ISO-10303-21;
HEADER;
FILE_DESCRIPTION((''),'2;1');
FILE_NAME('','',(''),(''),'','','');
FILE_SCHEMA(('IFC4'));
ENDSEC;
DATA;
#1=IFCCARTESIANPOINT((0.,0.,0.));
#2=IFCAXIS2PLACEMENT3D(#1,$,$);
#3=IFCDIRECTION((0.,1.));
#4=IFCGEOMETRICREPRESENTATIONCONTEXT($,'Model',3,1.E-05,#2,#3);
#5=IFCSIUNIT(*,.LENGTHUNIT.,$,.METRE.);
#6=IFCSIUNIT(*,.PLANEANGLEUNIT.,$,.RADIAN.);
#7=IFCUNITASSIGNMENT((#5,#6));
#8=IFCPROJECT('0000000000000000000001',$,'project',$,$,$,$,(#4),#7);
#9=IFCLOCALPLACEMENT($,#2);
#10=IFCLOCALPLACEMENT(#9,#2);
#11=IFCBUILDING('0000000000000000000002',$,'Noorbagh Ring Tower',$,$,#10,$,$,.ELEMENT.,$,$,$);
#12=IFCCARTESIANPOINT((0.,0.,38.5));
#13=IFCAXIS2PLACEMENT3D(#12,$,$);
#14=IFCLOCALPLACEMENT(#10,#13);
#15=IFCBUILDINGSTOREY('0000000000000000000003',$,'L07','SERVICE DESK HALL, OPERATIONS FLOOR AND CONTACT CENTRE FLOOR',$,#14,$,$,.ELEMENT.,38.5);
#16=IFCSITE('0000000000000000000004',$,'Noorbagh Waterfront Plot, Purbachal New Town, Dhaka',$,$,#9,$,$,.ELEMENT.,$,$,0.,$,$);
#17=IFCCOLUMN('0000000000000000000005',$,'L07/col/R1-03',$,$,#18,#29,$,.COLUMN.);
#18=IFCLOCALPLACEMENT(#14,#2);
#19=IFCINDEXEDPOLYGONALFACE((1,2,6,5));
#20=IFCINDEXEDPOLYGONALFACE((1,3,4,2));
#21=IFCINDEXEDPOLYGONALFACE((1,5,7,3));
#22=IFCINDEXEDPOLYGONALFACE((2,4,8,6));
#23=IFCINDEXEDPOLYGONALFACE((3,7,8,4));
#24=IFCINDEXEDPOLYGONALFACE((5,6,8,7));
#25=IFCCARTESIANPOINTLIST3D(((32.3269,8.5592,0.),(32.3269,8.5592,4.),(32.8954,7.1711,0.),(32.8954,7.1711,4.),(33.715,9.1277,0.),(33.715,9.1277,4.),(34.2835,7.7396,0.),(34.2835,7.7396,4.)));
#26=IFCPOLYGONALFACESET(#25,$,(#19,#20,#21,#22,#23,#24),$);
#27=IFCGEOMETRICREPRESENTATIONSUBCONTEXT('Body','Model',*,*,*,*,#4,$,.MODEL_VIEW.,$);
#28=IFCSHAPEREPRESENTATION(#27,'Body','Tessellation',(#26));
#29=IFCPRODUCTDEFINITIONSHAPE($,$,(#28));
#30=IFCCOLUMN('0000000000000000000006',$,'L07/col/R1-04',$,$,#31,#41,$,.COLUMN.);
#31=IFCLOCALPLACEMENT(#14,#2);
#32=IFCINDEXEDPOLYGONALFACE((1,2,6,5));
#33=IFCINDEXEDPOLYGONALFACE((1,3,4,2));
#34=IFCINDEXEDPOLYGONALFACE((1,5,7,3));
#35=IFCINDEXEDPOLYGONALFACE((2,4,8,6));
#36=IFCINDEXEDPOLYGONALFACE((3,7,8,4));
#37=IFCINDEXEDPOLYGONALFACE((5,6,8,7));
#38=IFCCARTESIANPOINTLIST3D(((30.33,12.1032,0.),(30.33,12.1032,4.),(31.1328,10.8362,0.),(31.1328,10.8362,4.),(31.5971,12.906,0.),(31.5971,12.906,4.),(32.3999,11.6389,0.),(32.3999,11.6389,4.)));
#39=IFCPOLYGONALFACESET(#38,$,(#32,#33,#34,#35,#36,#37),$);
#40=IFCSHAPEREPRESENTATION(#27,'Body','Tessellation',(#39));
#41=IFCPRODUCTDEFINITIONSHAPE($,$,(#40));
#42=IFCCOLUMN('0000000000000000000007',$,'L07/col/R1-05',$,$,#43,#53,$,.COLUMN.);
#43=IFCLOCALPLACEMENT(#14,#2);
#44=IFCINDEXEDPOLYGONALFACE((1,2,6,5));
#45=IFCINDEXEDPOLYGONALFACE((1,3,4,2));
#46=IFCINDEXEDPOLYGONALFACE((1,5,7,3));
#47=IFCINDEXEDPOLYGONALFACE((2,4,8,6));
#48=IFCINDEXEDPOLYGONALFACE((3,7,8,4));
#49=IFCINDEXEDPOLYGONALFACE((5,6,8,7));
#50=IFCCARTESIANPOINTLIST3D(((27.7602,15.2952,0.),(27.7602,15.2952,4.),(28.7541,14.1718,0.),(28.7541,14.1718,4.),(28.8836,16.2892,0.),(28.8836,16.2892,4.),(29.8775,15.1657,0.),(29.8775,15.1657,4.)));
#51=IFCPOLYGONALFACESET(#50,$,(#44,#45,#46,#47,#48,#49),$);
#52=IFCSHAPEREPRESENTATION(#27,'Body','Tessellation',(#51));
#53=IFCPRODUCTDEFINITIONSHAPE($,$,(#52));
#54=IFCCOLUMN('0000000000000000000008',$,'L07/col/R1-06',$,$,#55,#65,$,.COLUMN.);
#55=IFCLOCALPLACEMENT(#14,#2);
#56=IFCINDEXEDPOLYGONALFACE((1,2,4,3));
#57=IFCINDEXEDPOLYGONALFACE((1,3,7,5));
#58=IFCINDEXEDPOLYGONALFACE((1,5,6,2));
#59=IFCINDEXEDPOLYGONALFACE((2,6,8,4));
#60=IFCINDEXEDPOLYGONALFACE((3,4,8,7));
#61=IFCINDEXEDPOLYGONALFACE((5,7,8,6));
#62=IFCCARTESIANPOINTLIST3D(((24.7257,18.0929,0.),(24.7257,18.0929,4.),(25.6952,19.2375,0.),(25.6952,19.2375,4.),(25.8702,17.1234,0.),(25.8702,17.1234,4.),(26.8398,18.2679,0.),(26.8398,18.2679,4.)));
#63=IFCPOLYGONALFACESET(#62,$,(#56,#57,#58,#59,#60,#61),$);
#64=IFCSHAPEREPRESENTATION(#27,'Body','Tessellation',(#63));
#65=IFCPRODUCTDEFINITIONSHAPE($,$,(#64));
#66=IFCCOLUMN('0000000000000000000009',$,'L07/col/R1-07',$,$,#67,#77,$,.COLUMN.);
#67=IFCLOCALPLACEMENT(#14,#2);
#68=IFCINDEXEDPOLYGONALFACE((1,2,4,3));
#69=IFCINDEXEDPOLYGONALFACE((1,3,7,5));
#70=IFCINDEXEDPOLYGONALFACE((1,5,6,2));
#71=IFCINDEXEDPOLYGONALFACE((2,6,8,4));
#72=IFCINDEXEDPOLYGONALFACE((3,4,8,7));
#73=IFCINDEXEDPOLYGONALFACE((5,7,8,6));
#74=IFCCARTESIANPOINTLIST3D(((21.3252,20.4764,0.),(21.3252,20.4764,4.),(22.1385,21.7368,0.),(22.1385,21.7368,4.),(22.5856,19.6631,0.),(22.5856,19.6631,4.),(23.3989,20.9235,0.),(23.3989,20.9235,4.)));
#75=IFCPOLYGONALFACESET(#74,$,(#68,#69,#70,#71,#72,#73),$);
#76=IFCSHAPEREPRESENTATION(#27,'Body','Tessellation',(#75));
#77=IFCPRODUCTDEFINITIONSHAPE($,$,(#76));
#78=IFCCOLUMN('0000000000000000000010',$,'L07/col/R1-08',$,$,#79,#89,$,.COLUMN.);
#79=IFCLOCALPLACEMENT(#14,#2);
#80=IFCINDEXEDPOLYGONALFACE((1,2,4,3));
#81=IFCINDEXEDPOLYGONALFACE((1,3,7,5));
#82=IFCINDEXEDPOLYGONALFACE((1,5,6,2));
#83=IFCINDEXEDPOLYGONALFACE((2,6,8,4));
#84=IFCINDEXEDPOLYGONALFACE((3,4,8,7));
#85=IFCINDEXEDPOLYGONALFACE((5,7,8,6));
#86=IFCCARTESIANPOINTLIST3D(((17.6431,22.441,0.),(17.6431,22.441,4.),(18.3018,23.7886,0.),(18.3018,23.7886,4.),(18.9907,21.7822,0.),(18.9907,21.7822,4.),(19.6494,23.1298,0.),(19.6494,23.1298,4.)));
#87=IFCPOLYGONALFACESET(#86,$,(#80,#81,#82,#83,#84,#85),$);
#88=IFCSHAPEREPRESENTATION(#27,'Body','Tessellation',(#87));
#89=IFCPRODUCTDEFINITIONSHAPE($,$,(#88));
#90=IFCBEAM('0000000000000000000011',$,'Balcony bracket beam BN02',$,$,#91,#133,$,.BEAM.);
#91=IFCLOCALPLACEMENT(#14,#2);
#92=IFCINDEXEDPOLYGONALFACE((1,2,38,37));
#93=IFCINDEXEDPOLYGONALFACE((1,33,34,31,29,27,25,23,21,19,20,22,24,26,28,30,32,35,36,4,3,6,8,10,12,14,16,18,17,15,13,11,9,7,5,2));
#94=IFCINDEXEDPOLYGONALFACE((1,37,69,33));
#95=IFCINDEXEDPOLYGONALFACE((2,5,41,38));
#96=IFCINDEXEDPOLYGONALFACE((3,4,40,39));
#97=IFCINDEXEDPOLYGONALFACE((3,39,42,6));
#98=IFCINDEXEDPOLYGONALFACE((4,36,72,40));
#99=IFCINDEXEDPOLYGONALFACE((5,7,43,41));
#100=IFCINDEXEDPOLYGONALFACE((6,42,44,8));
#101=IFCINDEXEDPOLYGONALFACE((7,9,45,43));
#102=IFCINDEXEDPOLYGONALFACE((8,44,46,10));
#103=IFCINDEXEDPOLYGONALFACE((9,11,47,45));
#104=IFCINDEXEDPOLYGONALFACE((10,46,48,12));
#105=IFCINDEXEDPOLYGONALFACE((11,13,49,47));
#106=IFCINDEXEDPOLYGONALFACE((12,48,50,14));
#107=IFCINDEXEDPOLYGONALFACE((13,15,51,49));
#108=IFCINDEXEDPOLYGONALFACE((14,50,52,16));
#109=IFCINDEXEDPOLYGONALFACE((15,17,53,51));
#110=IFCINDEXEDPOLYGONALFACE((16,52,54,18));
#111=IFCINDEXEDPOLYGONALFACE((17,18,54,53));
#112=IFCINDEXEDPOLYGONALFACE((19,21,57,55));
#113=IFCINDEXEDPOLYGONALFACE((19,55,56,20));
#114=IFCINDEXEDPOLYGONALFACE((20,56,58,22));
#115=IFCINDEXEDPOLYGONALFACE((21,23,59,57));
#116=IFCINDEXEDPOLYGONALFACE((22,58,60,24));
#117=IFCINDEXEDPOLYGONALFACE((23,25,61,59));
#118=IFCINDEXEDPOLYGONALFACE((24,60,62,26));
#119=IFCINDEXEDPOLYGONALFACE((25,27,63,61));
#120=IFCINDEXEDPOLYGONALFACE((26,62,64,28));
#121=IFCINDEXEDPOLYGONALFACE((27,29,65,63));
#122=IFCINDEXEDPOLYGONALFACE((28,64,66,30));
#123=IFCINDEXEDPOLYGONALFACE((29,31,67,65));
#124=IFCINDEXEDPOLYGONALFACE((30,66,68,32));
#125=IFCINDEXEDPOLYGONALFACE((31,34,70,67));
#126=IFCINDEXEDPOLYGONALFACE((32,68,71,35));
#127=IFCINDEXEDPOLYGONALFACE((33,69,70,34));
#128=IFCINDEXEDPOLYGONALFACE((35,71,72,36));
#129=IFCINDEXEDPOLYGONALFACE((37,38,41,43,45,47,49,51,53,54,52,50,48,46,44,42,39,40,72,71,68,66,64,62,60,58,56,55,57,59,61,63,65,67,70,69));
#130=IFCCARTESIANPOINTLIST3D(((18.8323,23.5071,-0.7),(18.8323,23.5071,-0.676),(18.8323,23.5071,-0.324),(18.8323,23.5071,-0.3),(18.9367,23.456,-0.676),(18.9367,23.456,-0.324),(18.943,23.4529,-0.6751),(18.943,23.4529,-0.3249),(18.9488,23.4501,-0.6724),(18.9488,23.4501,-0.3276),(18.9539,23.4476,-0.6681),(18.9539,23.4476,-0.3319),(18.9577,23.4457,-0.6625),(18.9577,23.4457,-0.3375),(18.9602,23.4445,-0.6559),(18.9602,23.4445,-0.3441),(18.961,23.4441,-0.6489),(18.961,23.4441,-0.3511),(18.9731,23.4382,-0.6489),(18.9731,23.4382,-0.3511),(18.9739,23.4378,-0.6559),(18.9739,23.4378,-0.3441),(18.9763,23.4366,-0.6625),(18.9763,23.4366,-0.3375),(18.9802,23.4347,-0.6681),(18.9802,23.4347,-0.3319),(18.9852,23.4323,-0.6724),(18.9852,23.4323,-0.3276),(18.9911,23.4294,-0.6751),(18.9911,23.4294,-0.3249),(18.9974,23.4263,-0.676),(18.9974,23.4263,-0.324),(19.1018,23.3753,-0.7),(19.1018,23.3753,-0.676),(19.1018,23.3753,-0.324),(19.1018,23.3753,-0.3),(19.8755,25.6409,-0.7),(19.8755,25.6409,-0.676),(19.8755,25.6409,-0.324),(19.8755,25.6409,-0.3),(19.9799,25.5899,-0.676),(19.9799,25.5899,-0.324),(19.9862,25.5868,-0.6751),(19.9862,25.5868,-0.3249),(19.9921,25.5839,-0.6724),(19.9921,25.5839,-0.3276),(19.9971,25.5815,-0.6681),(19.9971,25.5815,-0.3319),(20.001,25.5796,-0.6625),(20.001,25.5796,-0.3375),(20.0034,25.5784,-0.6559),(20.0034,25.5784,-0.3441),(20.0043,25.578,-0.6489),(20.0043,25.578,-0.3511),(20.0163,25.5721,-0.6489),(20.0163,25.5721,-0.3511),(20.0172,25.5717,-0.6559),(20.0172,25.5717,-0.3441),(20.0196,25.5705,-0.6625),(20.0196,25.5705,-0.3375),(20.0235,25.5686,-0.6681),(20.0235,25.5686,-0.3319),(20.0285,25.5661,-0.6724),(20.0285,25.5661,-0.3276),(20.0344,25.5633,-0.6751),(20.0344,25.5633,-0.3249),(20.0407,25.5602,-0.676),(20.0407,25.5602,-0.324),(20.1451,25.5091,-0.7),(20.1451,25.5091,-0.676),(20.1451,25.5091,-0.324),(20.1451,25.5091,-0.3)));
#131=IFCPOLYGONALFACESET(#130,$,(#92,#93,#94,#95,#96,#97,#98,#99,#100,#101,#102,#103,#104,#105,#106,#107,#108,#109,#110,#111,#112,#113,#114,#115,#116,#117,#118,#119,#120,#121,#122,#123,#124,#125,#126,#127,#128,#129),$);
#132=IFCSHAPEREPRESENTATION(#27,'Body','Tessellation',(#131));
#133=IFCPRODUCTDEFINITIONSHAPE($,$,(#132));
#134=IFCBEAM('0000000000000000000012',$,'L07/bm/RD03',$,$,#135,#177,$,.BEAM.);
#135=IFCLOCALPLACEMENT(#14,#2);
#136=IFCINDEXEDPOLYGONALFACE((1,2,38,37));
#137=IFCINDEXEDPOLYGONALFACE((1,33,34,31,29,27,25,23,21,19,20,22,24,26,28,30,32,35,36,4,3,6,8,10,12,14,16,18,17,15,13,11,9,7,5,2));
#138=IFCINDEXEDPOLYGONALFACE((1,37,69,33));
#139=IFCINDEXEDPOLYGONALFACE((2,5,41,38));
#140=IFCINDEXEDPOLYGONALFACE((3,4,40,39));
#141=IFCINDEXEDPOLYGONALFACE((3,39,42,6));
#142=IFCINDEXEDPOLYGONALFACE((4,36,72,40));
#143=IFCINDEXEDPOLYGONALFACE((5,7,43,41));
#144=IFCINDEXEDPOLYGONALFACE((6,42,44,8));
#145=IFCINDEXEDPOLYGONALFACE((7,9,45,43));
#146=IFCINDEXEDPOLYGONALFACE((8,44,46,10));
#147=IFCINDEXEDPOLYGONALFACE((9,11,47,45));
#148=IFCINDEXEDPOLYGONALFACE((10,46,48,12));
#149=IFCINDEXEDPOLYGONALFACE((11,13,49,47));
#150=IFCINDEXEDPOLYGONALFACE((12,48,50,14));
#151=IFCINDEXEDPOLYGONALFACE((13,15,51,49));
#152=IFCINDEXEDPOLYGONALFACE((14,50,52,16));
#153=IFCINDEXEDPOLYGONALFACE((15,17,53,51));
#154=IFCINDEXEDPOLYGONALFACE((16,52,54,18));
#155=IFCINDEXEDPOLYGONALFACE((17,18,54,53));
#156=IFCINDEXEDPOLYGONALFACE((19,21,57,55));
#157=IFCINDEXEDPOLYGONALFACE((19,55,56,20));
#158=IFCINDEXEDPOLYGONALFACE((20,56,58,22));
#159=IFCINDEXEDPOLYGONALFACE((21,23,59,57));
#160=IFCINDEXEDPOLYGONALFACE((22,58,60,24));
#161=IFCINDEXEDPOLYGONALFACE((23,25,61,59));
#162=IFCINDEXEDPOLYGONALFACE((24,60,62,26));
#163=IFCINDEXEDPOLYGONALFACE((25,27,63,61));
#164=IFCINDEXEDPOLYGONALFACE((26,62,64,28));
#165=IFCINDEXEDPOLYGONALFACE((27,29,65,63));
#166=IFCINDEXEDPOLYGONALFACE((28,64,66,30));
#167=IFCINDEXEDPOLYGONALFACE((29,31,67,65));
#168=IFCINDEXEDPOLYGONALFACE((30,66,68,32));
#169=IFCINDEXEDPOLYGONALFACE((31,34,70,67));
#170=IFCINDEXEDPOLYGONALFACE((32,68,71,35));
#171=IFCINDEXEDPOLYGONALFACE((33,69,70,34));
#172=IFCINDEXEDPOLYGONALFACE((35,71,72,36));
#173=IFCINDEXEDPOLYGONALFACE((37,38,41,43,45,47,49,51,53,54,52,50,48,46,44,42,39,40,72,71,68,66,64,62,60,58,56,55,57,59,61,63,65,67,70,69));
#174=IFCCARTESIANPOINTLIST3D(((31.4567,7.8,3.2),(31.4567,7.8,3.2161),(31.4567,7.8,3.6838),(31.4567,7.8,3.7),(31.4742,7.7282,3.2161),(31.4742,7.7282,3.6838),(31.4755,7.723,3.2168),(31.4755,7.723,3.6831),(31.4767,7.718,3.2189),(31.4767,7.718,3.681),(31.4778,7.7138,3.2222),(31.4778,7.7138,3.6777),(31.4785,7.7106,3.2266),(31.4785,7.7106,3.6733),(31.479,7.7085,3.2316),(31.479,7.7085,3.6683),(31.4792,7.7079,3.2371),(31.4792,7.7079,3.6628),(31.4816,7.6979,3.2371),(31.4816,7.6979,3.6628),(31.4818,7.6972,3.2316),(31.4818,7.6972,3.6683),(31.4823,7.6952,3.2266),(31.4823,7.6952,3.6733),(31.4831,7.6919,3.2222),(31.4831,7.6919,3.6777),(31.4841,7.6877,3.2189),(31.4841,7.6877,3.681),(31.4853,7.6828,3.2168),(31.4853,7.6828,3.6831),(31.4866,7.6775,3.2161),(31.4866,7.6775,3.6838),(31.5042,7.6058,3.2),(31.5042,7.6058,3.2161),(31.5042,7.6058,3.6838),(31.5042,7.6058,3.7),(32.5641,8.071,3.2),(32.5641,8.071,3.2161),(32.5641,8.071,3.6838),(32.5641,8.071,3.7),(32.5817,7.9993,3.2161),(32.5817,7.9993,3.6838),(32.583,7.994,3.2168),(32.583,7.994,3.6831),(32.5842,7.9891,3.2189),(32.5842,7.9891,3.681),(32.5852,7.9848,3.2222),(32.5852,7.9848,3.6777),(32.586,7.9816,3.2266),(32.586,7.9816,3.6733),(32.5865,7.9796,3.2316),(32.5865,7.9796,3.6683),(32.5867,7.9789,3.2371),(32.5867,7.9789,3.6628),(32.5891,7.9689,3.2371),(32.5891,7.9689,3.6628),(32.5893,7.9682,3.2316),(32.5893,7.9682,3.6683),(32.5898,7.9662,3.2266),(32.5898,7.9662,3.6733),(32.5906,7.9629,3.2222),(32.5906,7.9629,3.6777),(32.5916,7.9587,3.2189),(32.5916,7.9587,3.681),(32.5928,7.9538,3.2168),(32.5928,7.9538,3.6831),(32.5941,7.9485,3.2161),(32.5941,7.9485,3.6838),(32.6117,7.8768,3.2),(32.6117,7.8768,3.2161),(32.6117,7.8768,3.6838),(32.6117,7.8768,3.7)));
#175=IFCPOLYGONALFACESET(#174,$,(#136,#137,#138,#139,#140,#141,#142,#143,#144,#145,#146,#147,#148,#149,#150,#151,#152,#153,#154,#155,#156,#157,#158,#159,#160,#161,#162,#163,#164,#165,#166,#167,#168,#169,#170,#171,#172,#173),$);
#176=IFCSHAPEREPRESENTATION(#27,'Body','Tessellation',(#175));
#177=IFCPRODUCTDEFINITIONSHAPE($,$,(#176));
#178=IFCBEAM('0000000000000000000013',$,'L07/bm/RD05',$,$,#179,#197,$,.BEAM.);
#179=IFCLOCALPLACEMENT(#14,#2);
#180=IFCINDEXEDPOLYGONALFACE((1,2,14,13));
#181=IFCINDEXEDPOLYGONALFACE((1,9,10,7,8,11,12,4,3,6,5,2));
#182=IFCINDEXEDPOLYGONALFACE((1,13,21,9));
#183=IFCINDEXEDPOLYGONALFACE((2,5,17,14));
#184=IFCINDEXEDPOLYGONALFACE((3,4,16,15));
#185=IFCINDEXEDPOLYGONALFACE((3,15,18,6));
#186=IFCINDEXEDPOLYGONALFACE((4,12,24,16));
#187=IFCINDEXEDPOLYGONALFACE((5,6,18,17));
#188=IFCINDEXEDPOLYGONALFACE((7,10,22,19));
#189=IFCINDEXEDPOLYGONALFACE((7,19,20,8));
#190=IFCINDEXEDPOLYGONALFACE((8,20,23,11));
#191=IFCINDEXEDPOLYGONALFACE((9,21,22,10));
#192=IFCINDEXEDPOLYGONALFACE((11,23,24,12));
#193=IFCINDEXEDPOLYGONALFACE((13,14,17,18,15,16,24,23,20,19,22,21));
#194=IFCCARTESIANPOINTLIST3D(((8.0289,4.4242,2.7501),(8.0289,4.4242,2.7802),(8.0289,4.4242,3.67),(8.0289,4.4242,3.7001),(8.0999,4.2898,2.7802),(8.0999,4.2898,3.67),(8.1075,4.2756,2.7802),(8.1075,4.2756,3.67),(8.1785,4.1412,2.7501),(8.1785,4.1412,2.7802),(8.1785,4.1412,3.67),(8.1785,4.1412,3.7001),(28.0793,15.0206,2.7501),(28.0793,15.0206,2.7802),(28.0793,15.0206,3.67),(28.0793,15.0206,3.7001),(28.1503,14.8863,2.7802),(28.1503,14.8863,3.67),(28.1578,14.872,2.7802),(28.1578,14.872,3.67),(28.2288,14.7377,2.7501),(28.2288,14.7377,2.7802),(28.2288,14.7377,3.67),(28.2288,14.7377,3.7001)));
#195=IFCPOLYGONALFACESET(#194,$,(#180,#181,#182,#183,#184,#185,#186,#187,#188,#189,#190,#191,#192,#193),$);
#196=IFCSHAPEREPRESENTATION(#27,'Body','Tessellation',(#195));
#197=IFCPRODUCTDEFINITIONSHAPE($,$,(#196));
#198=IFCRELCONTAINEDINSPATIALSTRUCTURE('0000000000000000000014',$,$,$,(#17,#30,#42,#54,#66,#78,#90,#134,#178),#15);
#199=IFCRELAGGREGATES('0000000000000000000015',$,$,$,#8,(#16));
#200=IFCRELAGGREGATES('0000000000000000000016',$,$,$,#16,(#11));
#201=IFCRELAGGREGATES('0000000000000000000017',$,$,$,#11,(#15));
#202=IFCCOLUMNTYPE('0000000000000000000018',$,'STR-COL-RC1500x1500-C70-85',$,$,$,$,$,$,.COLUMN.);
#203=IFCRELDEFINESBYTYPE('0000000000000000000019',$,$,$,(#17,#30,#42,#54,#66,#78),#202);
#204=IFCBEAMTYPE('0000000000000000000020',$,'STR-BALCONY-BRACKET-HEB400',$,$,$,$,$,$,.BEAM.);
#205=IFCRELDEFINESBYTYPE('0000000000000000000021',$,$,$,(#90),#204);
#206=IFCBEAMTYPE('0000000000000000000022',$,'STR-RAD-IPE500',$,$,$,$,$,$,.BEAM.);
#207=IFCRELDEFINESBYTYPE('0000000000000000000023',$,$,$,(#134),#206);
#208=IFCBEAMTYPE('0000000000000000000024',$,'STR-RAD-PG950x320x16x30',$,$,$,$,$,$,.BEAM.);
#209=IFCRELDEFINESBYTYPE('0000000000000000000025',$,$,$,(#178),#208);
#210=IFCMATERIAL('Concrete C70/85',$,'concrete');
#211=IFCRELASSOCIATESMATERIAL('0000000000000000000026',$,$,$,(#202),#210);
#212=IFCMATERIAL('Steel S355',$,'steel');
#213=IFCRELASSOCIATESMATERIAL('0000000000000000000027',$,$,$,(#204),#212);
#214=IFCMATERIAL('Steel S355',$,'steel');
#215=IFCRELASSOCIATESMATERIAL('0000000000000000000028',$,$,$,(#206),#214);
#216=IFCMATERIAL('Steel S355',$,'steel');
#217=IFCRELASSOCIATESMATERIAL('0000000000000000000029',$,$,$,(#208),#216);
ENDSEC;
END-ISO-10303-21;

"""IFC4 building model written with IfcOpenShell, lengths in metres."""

from ifc_helpers import new_model, si_unit, direction, frame, origin, origin_2d, place, context, subcontext, project, spatial, rectangle, i_section, extrude, material, material_profile, profile_set, type_object, element, save


model = new_model("IFC4")

# Units and contexts
model_context = context("Model", 3, precision=1e-05, world=origin(), true_north=direction((0.0, 1.0)))
body_context = subcontext(model_context, "Body", "Model", "MODEL_VIEW")
ifc_project = project(units=[si_unit("LENGTHUNIT", "METRE"), si_unit("PLANEANGLEUNIT", "RADIAN")], contexts=[model_context])

# Site, building, storey
site_placement = place(None, origin())
site = spatial("IfcSite", under=ifc_project, at=site_placement, Name="Noorbagh Waterfront Plot, Purbachal New Town, Dhaka", CompositionType="ELEMENT", RefElevation=0.0)
building_placement = place(site_placement, origin())
building = spatial("IfcBuilding", under=site, at=building_placement, Name="Noorbagh Ring Tower", CompositionType="ELEMENT")
storey_placement = place(building_placement, frame((0.0, 0.0, 38.5)))
storey = spatial("IfcBuildingStorey", under=building, at=storey_placement, Name="L07", Description="SERVICE DESK HALL, OPERATIONS FLOOR AND CONTACT CENTRE FLOOR", CompositionType="ELEMENT", Elevation=38.5)

# Columns
ifc_material_1 = material(Name="Concrete C70/85", Category="concrete")
ifc_material_profile_1 = material_profile(ifc_material_1, rectangle(XDim=1.5, YDim=1.5, at=origin_2d()), Name="RC1500x1500")
ifc_profile_set_1 = profile_set([ifc_material_profile_1], Name="Concrete C70/85")
column_type = type_object("IfcColumnType", Name="STR-COL-RC1500x1500-C70-85", PredefinedType="COLUMN", material=ifc_profile_set_1)
for number, where, z_axis, x_axis, name in (
    (1, (33.3052, 8.1494, 0.0), (0.0, 0.0, 1.0), (-0.378989, 0.925401, 0.0), "L07/col/R1-03"),
    (2, (31.365, 11.8711, 0.0), (0.0, 0.0, 1.0), (-0.53519, 0.844731, 0.0), "L07/col/R1-04"),
    (3, (28.8188, 15.2305, 0.0), (0.0, 0.0, 1.0), (-0.662636, 0.748942, 0.0), "L07/col/R1-05"),
    (4, (25.7827, 18.1804, 0.0), (0.0, 0.0, 1.0), (-0.763035, 0.646357, 0.0), "L07/col/R1-06"),
    (5, (22.3621, 20.7, 0.0), (0.0, 0.0, 1.0), (-0.840248, 0.542203, 0.0), "L07/col/R1-07"),
    (6, (18.6462, 22.7854, 0.0), (0.0, 0.0, 1.0), (-0.898399, 0.43918, 0.0), "L07/col/R1-08"),
):
    element("IfcColumn", number, at=place(storey_placement, frame(where, z_axis=z_axis, x_axis=x_axis)), inside=storey, type_object=column_type, Name=name, PredefinedType="COLUMN", context=body_context, shape_type="SweptSolid", body=[
        extrude(rectangle(XDim=1.5, YDim=1.5, at=origin_2d()), origin(), (0.0, 0.0, 1.0), 4.0),
    ])

# Beams
ifc_material_2 = material(Name="Steel S355", Category="steel")
ifc_material_profile_2 = material_profile(ifc_material_2, i_section(OverallWidth=0.3, OverallDepth=0.3999, WebThickness=0.0134, FlangeThickness=0.0239, FilletRadius=0.0271, at=origin_2d()), Name="HEB400")
ifc_profile_set_2 = profile_set([ifc_material_profile_2], Name="Steel S355")
beam_type_1 = type_object("IfcBeamType", Name="STR-BALCONY-BRACKET-HEB400", PredefinedType="BEAM", material=ifc_profile_set_2)
beam_1_placement = place(storey_placement, frame((18.967, 23.4412, -0.5), z_axis=(0.439219, 0.89838, 0.0), x_axis=(-0.89838, 0.439219, 0.0)))
element("IfcBeam", 7, at=beam_1_placement, inside=storey, type_object=beam_type_1, Name="Balcony bracket beam BN02", PredefinedType="BEAM", context=body_context, shape_type="SweptSolid", body=[
    extrude(i_section(OverallWidth=0.3, OverallDepth=0.3999, WebThickness=0.0134, FlangeThickness=0.0239, FilletRadius=0.0271, at=origin_2d()), origin(), (0.0, 0.0, 1.0), 2.3752),
])
ifc_material_3 = material(Name="Steel S355", Category="steel")
ifc_material_profile_3 = material_profile(ifc_material_3, i_section(OverallWidth=0.2, OverallDepth=0.5, WebThickness=0.0103, FlangeThickness=0.0161, FilletRadius=0.021, at=origin_2d()), Name="IPE500")
ifc_profile_set_3 = profile_set([ifc_material_profile_3], Name="Steel S355")
beam_type_2 = type_object("IfcBeamType", Name="STR-RAD-IPE500", PredefinedType="BEAM", material=ifc_profile_set_3)
beam_2_placement = place(storey_placement, frame((32.5879, 7.9739, 3.45), z_axis=(-0.97134, -0.237696, 0.0), x_axis=(0.237696, -0.97134, 0.0)))
element("IfcBeam", 8, at=beam_2_placement, inside=storey, type_object=beam_type_2, Name="L07/bm/RD03", PredefinedType="BEAM", context=body_context, shape_type="SweptSolid", body=[
    extrude(i_section(OverallWidth=0.2, OverallDepth=0.5, WebThickness=0.0103, FlangeThickness=0.0161, FilletRadius=0.021, at=origin_2d()), origin(), (0.0, 0.0, 1.0), 1.1401),
])
ifc_material_4 = material(Name="Steel S355", Category="steel")
ifc_material_profile_4 = material_profile(ifc_material_4, i_section(OverallWidth=0.3201, OverallDepth=0.95, WebThickness=0.0161, FlangeThickness=0.03, at=origin_2d()), Name="PG950x320x16x30")
ifc_profile_set_4 = profile_set([ifc_material_profile_4], Name="Steel S355")
beam_type_3 = type_object("IfcBeamType", Name="STR-RAD-PG950x320x16x30", PredefinedType="BEAM", material=ifc_profile_set_4)
beam_3_placement = place(storey_placement, frame((28.1541, 14.8792, 3.2251), z_axis=(-0.884124, -0.467253, 0.0), x_axis=(0.467253, -0.884124, 0.0)))
element("IfcBeam", 9, at=beam_3_placement, inside=storey, type_object=beam_type_3, Name="L07/bm/RD05", PredefinedType="BEAM", context=body_context, shape_type="SweptSolid", body=[
    extrude(i_section(OverallWidth=0.3201, OverallDepth=0.95, WebThickness=0.0161, FlangeThickness=0.03, at=origin_2d()), origin(), (0.0, 0.0, 1.0), 22.6782),
])

save(model, "model.ifc")
